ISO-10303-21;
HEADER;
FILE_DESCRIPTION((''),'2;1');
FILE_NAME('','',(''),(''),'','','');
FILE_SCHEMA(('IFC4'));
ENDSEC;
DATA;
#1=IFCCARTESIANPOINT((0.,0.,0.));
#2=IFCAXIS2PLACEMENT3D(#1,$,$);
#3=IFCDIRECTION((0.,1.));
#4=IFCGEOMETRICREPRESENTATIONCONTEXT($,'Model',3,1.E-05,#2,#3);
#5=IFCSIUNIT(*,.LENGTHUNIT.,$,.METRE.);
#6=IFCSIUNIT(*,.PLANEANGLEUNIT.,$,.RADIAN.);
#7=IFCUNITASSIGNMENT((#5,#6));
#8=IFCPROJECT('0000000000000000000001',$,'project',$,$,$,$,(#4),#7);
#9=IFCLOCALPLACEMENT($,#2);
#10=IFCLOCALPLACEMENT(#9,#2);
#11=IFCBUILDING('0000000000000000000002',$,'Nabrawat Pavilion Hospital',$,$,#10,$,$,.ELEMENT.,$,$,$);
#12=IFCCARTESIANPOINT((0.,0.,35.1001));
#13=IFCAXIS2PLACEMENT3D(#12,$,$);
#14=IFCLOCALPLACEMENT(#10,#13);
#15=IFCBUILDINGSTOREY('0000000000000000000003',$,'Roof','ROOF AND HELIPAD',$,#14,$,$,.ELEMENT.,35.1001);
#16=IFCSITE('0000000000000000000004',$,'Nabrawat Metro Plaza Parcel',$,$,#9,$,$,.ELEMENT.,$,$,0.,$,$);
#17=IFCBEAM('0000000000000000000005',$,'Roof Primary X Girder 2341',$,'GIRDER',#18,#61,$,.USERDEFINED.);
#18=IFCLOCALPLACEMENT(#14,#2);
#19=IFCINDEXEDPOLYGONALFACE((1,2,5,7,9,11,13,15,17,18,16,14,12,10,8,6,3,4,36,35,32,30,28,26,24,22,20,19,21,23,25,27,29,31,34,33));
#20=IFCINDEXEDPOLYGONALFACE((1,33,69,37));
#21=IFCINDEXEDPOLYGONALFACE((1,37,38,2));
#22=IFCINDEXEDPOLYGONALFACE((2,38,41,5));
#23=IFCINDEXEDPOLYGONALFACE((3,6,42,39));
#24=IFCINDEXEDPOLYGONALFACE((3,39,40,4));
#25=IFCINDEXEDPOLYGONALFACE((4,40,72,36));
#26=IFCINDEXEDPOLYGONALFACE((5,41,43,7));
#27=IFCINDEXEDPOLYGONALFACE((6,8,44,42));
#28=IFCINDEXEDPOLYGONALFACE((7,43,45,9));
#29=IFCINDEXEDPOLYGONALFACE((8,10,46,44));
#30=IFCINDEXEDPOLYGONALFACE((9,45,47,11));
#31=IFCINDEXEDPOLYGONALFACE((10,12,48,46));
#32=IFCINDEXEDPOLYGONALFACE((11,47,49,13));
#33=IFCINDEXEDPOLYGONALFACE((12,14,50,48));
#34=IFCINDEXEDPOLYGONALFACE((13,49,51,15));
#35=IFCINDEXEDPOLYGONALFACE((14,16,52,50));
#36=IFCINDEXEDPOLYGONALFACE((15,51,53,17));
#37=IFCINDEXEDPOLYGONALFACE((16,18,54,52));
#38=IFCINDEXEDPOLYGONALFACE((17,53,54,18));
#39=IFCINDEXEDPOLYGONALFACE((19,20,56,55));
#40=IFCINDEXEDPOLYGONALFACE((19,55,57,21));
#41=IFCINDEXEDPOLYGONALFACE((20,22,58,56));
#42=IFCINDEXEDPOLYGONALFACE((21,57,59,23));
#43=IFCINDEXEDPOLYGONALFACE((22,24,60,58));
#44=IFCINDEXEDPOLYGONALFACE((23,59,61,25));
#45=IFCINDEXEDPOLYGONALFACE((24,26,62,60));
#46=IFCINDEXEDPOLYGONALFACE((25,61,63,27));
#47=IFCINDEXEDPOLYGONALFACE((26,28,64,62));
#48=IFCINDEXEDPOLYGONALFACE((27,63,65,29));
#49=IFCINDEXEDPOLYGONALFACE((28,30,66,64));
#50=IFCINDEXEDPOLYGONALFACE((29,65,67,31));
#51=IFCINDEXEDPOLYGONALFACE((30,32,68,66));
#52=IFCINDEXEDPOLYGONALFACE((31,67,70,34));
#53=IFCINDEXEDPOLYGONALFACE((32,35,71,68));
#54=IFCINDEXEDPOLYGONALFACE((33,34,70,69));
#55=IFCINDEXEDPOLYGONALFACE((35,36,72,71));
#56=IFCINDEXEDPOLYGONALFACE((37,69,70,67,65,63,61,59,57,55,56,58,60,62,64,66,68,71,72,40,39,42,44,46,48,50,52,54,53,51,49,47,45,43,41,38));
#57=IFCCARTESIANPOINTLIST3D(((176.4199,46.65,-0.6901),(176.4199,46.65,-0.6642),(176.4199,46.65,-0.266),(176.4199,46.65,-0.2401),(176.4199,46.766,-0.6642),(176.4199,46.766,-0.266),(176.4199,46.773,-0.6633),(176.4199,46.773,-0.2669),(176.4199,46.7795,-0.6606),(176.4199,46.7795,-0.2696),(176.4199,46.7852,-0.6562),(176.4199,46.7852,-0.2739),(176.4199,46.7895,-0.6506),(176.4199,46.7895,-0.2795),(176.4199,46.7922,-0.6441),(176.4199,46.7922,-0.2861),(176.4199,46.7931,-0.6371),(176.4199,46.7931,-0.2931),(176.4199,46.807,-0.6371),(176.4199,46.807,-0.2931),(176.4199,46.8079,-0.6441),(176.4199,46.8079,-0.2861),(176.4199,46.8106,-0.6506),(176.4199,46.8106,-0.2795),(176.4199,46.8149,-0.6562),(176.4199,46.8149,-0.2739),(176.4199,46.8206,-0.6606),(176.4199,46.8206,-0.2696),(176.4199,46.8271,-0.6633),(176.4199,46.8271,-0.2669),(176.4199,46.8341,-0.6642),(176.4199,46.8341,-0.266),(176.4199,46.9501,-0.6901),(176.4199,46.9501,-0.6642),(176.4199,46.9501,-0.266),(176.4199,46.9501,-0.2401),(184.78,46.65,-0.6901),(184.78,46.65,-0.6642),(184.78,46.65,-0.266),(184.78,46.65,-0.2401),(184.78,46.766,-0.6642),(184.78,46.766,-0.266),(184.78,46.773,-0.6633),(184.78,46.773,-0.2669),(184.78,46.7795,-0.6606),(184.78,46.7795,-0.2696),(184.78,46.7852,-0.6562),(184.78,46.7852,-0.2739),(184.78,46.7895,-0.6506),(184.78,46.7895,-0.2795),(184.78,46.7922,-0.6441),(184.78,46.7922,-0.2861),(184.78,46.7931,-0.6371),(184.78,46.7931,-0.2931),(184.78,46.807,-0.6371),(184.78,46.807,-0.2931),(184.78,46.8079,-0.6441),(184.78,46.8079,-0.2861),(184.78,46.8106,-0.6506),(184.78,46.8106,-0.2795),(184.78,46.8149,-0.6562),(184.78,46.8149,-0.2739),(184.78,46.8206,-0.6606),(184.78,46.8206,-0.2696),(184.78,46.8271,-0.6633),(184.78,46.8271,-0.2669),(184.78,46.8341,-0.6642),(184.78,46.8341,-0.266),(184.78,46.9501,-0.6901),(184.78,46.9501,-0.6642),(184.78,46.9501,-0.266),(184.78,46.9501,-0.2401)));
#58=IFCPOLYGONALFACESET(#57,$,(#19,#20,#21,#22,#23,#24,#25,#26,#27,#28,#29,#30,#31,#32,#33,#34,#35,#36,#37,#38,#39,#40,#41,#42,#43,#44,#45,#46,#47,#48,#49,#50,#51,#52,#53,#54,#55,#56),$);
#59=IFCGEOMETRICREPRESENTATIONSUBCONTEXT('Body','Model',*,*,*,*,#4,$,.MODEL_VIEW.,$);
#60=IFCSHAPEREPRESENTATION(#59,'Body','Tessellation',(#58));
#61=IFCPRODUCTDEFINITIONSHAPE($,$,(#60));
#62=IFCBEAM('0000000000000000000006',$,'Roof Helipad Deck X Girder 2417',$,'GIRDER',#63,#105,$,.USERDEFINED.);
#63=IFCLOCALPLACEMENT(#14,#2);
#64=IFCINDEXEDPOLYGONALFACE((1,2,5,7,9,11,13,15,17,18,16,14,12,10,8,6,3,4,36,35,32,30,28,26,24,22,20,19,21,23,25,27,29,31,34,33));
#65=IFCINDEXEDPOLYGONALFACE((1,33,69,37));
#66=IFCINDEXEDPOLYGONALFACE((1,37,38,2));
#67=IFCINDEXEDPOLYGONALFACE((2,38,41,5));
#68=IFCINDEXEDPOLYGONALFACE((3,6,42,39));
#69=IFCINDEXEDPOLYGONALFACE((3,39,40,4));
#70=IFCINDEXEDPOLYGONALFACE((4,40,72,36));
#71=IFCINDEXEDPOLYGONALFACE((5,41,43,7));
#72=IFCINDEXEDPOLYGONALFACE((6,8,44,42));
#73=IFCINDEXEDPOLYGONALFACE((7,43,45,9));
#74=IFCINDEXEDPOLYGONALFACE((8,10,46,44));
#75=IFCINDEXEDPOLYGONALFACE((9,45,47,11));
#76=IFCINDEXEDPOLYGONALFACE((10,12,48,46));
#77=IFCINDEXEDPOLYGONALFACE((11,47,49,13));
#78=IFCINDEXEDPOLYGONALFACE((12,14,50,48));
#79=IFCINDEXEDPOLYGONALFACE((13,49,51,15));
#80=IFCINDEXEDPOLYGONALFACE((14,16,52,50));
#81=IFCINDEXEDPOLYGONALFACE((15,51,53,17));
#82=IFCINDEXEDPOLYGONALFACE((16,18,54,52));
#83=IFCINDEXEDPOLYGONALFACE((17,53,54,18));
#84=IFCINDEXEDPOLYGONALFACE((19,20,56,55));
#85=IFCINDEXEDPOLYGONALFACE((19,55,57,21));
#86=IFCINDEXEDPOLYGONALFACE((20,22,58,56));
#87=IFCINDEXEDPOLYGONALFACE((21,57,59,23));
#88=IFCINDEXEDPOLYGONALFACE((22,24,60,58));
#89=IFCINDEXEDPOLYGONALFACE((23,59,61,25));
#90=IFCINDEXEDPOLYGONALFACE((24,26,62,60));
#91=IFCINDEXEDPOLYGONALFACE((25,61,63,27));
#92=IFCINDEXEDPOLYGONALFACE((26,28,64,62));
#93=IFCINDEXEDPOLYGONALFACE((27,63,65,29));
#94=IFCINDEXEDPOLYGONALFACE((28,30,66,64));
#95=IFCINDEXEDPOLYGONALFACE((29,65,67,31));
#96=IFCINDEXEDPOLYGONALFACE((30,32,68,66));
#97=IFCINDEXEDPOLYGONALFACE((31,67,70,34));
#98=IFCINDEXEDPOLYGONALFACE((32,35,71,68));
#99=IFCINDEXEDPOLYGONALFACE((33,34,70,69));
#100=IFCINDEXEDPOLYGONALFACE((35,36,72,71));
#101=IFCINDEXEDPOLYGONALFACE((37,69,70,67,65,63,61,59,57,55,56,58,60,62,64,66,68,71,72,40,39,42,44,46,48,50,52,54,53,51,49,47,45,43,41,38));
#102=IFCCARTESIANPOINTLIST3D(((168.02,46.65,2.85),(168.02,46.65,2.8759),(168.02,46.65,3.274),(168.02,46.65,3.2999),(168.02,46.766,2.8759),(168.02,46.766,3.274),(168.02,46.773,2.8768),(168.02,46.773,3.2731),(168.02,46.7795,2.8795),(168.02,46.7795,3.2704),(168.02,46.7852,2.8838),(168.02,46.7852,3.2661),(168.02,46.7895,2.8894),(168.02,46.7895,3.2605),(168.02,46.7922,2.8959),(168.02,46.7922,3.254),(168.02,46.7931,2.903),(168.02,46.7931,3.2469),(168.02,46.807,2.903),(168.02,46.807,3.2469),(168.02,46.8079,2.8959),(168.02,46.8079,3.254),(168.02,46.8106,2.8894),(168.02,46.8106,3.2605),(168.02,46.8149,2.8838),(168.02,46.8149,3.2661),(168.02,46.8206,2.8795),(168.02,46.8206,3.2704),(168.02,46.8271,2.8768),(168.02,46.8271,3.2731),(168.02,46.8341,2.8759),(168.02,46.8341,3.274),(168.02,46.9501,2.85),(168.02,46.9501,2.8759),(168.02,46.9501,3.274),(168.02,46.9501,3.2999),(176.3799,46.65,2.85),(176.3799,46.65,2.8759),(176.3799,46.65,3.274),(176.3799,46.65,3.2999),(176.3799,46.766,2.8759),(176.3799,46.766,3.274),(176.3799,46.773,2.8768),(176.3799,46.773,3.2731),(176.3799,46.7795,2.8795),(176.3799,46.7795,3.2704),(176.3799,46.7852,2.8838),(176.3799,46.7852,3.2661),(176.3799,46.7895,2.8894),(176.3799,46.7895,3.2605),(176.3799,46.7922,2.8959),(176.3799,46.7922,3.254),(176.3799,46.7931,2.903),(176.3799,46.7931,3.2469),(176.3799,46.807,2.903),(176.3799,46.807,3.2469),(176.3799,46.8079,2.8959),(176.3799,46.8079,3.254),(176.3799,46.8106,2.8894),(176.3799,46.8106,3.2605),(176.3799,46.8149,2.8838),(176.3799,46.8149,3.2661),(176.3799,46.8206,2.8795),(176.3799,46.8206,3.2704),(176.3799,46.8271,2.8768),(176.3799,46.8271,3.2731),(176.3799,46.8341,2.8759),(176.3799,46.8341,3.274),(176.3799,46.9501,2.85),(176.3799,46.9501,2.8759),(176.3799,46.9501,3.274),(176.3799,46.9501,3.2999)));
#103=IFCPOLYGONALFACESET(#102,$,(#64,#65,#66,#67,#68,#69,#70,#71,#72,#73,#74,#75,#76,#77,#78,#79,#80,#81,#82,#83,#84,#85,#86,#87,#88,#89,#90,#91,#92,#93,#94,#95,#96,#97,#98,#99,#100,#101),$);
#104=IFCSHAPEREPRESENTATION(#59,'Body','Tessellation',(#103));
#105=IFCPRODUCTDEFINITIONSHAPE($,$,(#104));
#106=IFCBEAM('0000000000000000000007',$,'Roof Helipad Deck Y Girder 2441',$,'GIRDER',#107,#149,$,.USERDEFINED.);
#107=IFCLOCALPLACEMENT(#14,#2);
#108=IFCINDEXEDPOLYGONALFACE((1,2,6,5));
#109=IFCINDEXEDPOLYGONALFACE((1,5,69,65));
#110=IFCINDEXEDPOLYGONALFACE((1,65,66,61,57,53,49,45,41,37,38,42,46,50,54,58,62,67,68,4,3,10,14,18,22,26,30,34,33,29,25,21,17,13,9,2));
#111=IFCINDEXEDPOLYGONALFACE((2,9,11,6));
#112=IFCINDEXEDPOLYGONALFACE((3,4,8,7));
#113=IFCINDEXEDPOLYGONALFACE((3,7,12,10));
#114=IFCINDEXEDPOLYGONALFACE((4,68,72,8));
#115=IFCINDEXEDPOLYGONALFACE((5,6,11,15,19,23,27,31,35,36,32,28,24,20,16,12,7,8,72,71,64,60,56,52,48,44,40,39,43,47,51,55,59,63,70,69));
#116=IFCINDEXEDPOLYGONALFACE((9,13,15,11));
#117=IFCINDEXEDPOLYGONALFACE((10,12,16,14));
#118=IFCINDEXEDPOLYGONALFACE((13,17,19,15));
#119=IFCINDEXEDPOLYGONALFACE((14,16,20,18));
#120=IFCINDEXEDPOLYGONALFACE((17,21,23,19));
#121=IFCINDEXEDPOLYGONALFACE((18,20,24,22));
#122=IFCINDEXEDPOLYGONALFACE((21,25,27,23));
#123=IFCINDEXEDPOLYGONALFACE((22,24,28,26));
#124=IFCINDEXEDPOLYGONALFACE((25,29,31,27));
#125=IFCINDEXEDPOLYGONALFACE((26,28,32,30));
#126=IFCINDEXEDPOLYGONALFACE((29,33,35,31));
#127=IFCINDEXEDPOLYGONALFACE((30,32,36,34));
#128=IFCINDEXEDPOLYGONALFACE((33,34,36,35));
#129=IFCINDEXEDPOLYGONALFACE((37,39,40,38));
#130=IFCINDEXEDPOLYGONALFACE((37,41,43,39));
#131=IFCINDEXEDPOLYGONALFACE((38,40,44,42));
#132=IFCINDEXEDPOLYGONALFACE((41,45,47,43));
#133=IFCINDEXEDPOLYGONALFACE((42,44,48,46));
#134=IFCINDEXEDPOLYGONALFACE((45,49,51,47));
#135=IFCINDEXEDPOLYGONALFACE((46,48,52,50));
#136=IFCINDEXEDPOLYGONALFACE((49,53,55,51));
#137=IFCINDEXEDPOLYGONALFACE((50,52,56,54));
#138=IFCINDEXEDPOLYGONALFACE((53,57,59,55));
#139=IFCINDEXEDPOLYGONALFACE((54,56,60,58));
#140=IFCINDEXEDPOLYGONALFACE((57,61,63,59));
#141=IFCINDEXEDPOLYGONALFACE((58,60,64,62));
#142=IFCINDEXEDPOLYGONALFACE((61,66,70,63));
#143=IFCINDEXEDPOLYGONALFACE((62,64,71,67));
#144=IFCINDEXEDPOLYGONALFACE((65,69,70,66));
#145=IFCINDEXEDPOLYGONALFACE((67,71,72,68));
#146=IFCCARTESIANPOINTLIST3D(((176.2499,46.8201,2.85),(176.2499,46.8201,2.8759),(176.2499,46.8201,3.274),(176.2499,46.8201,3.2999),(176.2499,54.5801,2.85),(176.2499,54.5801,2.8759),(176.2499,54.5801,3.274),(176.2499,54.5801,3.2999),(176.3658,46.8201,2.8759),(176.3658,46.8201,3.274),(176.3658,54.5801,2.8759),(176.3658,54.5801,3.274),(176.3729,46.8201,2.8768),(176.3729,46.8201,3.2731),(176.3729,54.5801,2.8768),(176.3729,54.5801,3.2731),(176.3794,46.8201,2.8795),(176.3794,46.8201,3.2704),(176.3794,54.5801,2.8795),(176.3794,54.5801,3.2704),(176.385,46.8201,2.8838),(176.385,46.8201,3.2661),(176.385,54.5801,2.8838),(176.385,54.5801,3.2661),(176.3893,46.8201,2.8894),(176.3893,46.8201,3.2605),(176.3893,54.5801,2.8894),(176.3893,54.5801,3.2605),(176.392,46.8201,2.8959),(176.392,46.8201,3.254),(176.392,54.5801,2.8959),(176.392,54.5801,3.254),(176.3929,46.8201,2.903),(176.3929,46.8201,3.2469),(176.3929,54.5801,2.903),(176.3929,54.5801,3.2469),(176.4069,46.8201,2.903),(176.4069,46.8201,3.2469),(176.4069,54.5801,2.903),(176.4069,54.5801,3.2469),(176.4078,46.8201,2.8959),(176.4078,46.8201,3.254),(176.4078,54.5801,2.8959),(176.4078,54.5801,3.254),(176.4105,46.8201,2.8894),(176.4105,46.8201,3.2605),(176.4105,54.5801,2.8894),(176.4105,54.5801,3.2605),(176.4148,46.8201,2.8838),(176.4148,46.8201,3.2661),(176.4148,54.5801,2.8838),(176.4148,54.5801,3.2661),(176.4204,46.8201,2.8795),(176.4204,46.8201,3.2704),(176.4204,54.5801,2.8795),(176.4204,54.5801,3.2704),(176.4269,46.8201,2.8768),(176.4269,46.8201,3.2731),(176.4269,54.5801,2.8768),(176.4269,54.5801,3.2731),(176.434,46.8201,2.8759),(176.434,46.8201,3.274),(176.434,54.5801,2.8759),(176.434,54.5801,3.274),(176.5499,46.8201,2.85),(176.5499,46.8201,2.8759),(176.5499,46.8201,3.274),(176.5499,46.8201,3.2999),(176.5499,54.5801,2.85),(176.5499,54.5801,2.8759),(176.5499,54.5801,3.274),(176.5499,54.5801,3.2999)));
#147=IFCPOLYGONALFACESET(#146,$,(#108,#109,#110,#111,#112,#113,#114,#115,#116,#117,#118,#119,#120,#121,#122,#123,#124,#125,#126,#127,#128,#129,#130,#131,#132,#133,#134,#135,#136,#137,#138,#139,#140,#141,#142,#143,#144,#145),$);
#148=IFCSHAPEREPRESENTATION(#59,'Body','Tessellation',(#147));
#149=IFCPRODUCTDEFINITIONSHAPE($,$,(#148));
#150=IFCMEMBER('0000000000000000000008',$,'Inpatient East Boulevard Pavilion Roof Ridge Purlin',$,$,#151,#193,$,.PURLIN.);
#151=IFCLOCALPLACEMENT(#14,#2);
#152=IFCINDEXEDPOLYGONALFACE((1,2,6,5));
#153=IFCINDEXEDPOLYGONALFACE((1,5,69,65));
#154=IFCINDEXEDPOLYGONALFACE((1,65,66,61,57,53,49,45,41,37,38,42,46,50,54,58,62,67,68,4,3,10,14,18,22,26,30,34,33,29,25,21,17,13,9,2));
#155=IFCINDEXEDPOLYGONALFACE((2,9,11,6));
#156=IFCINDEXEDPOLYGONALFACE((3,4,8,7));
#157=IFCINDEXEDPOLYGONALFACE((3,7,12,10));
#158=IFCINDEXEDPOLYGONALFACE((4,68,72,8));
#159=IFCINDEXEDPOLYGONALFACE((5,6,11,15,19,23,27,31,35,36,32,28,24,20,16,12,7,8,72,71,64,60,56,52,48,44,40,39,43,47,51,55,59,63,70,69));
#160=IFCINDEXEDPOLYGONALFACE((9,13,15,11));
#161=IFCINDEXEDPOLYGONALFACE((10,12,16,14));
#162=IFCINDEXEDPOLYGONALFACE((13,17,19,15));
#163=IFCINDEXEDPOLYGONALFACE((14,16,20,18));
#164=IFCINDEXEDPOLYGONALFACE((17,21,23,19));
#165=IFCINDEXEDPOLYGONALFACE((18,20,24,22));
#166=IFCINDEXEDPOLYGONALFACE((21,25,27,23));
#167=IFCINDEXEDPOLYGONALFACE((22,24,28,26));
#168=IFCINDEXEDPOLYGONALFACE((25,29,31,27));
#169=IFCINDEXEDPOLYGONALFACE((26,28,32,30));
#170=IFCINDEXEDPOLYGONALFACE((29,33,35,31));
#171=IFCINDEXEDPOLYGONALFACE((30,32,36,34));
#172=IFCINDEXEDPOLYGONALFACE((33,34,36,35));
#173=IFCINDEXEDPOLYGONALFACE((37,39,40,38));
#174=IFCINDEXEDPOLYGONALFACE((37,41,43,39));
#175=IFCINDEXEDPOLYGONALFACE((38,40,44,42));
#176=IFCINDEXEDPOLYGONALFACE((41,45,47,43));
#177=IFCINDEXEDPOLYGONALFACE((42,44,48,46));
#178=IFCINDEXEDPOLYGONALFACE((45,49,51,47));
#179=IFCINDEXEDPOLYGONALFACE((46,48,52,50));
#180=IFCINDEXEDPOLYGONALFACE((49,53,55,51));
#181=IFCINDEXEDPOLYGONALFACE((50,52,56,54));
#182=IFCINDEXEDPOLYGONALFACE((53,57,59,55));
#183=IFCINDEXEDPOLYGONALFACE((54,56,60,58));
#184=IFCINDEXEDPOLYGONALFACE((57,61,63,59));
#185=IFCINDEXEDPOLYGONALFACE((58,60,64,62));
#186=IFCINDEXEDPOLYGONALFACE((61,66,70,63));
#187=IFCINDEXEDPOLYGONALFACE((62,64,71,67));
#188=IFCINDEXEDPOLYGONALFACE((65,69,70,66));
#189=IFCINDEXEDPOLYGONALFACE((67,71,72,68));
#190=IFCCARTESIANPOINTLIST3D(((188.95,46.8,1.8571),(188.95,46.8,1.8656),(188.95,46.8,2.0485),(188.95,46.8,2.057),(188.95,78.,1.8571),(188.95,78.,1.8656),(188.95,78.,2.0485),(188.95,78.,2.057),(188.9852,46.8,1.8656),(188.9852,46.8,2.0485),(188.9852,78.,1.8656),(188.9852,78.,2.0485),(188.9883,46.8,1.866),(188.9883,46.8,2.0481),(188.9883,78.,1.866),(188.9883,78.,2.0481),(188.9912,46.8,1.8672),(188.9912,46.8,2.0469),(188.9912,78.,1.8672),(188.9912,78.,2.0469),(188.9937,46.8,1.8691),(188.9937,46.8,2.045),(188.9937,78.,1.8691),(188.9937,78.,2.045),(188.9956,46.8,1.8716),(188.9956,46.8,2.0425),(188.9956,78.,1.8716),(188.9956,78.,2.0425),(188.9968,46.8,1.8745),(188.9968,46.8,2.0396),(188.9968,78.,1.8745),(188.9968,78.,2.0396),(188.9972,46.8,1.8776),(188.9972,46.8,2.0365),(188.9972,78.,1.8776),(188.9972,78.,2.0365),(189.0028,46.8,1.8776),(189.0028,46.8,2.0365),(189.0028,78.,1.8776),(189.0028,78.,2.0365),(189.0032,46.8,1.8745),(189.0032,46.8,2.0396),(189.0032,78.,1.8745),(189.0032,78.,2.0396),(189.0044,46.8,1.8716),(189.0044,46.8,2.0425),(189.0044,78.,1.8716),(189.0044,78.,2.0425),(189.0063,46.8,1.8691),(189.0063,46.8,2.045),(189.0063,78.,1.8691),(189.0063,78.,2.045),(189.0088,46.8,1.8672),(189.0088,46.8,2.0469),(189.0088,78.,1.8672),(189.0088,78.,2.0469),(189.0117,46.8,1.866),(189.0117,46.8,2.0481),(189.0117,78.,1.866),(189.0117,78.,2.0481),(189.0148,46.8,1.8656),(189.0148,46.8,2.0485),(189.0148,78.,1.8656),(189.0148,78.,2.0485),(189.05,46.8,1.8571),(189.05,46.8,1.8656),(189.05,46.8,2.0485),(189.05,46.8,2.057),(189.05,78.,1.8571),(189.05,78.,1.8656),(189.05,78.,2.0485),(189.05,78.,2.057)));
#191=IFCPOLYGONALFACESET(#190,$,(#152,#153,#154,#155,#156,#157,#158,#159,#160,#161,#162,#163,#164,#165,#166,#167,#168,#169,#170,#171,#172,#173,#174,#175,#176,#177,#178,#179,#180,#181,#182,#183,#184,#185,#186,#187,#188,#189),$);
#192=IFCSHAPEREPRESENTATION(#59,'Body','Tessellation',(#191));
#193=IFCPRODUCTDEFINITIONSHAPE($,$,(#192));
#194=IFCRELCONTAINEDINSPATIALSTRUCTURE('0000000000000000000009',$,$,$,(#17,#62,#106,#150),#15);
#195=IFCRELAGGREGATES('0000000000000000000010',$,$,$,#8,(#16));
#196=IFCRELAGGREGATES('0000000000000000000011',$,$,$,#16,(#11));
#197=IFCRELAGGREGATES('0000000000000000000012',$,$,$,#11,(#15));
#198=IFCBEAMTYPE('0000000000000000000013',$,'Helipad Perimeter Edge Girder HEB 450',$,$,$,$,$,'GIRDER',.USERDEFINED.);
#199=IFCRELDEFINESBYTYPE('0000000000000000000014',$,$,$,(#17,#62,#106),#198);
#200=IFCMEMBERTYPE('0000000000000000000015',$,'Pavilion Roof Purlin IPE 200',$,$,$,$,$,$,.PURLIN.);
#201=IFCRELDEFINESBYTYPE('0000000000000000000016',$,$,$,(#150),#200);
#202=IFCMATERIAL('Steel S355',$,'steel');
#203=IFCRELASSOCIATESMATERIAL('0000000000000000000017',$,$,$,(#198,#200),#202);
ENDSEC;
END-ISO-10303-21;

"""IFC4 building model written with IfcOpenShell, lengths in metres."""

from ifc_helpers import new_model, si_unit, direction, frame, origin, origin_2d, place, context, subcontext, project, spatial, i_section, extrude, material, material_profile, profile_set, type_object, element, save


model = new_model("IFC4")

# Units and contexts
model_context = context("Model", 3, precision=1e-05, world=origin(), true_north=direction((0.0, 1.0)))
body_context = subcontext(model_context, "Body", "Model", "MODEL_VIEW")
ifc_project = project(units=[si_unit("LENGTHUNIT", "METRE"), si_unit("PLANEANGLEUNIT", "RADIAN")], contexts=[model_context])

# Site, building, storey
site_placement = place(None, origin())
site = spatial("IfcSite", under=ifc_project, at=site_placement, Name="Nabrawat Metro Plaza Parcel", CompositionType="ELEMENT", RefElevation=0.0)
building_placement = place(site_placement, origin())
building = spatial("IfcBuilding", under=site, at=building_placement, Name="Nabrawat Pavilion Hospital", CompositionType="ELEMENT")
storey_placement = place(building_placement, frame((0.0, 0.0, 35.1001)))
storey = spatial("IfcBuildingStorey", under=building, at=storey_placement, Name="Roof", Description="ROOF AND HELIPAD", CompositionType="ELEMENT", Elevation=35.1001)

# Shared definitions
ifc_material_1 = material(Name="Steel S355", Category="steel")

# Beams
ifc_material_profile_1 = material_profile(ifc_material_1, i_section(OverallWidth=0.3, OverallDepth=0.45, WebThickness=0.0139, FlangeThickness=0.0259, FilletRadius=0.0271, at=origin_2d()), Name="HEB 450")
ifc_profile_set_1 = profile_set([ifc_material_profile_1], Name="Steel S355")
beam_type_1 = type_object("IfcBeamType", Name="Helipad Perimeter Edge Girder HEB 450", ElementType="GIRDER", PredefinedType="USERDEFINED", material=ifc_profile_set_1)
beam_1_placement = place(storey_placement, frame((176.4199, 46.8, -0.4651), z_axis=(1.0, 0.0, 0.0), x_axis=(0.0, 1.0, 0.0)))
element("IfcBeam", 1, at=beam_1_placement, inside=storey, type_object=beam_type_1, Name="Roof Primary X Girder 2341", ObjectType="GIRDER", PredefinedType="USERDEFINED", context=body_context, shape_type="SweptSolid", body=[
    extrude(i_section(OverallWidth=0.3, OverallDepth=0.45, WebThickness=0.0139, FlangeThickness=0.0259, FilletRadius=0.0271, at=origin_2d()), origin(), (0.0, 0.0, 1.0), 8.3601),
])
beam_2_placement = place(storey_placement, frame((168.02, 46.8, 3.075), z_axis=(1.0, 0.0, 0.0), x_axis=(0.0, 1.0, 0.0)))
element("IfcBeam", 2, at=beam_2_placement, inside=storey, type_object=beam_type_1, Name="Roof Helipad Deck X Girder 2417", ObjectType="GIRDER", PredefinedType="USERDEFINED", context=body_context, shape_type="SweptSolid", body=[
    extrude(i_section(OverallWidth=0.3, OverallDepth=0.45, WebThickness=0.0139, FlangeThickness=0.0259, FilletRadius=0.0271, at=origin_2d()), origin(), (0.0, 0.0, 1.0), 8.3599),
])
beam_3_placement = place(storey_placement, frame((176.3999, 46.8201, 3.075), z_axis=(0.0, 1.0, 0.0), x_axis=(-1.0, 0.0, 0.0)))
element("IfcBeam", 3, at=beam_3_placement, inside=storey, type_object=beam_type_1, Name="Roof Helipad Deck Y Girder 2441", ObjectType="GIRDER", PredefinedType="USERDEFINED", context=body_context, shape_type="SweptSolid", body=[
    extrude(i_section(OverallWidth=0.3, OverallDepth=0.45, WebThickness=0.0139, FlangeThickness=0.0259, FilletRadius=0.0271, at=origin_2d()), origin(), (0.0, 0.0, 1.0), 7.76),
])

# Member
ifc_material_profile_2 = material_profile(ifc_material_1, i_section(OverallWidth=0.1001, OverallDepth=0.2, WebThickness=0.0056, FlangeThickness=0.0085, FilletRadius=0.012, at=origin_2d()), Name="IPE 200")
ifc_profile_set_2 = profile_set([ifc_material_profile_2], Name="Steel S355")
member_type_1 = type_object("IfcMemberType", Name="Pavilion Roof Purlin IPE 200", PredefinedType="PURLIN", material=ifc_profile_set_2)
member_1_placement = place(storey_placement, frame((189.0, 46.8, 1.957), z_axis=(0.0, 1.0, 0.0), x_axis=(-1.0, 0.0, 0.0)))
element("IfcMember", 4, at=member_1_placement, inside=storey, type_object=member_type_1, Name="Inpatient East Boulevard Pavilion Roof Ridge Purlin", PredefinedType="PURLIN", context=body_context, shape_type="SweptSolid", body=[
    extrude(i_section(OverallWidth=0.1001, OverallDepth=0.2, WebThickness=0.0056, FlangeThickness=0.0085, FilletRadius=0.012, at=origin_2d()), origin(), (0.0, 0.0, 1.0), 31.2),
])

save(model, "model.ifc")
